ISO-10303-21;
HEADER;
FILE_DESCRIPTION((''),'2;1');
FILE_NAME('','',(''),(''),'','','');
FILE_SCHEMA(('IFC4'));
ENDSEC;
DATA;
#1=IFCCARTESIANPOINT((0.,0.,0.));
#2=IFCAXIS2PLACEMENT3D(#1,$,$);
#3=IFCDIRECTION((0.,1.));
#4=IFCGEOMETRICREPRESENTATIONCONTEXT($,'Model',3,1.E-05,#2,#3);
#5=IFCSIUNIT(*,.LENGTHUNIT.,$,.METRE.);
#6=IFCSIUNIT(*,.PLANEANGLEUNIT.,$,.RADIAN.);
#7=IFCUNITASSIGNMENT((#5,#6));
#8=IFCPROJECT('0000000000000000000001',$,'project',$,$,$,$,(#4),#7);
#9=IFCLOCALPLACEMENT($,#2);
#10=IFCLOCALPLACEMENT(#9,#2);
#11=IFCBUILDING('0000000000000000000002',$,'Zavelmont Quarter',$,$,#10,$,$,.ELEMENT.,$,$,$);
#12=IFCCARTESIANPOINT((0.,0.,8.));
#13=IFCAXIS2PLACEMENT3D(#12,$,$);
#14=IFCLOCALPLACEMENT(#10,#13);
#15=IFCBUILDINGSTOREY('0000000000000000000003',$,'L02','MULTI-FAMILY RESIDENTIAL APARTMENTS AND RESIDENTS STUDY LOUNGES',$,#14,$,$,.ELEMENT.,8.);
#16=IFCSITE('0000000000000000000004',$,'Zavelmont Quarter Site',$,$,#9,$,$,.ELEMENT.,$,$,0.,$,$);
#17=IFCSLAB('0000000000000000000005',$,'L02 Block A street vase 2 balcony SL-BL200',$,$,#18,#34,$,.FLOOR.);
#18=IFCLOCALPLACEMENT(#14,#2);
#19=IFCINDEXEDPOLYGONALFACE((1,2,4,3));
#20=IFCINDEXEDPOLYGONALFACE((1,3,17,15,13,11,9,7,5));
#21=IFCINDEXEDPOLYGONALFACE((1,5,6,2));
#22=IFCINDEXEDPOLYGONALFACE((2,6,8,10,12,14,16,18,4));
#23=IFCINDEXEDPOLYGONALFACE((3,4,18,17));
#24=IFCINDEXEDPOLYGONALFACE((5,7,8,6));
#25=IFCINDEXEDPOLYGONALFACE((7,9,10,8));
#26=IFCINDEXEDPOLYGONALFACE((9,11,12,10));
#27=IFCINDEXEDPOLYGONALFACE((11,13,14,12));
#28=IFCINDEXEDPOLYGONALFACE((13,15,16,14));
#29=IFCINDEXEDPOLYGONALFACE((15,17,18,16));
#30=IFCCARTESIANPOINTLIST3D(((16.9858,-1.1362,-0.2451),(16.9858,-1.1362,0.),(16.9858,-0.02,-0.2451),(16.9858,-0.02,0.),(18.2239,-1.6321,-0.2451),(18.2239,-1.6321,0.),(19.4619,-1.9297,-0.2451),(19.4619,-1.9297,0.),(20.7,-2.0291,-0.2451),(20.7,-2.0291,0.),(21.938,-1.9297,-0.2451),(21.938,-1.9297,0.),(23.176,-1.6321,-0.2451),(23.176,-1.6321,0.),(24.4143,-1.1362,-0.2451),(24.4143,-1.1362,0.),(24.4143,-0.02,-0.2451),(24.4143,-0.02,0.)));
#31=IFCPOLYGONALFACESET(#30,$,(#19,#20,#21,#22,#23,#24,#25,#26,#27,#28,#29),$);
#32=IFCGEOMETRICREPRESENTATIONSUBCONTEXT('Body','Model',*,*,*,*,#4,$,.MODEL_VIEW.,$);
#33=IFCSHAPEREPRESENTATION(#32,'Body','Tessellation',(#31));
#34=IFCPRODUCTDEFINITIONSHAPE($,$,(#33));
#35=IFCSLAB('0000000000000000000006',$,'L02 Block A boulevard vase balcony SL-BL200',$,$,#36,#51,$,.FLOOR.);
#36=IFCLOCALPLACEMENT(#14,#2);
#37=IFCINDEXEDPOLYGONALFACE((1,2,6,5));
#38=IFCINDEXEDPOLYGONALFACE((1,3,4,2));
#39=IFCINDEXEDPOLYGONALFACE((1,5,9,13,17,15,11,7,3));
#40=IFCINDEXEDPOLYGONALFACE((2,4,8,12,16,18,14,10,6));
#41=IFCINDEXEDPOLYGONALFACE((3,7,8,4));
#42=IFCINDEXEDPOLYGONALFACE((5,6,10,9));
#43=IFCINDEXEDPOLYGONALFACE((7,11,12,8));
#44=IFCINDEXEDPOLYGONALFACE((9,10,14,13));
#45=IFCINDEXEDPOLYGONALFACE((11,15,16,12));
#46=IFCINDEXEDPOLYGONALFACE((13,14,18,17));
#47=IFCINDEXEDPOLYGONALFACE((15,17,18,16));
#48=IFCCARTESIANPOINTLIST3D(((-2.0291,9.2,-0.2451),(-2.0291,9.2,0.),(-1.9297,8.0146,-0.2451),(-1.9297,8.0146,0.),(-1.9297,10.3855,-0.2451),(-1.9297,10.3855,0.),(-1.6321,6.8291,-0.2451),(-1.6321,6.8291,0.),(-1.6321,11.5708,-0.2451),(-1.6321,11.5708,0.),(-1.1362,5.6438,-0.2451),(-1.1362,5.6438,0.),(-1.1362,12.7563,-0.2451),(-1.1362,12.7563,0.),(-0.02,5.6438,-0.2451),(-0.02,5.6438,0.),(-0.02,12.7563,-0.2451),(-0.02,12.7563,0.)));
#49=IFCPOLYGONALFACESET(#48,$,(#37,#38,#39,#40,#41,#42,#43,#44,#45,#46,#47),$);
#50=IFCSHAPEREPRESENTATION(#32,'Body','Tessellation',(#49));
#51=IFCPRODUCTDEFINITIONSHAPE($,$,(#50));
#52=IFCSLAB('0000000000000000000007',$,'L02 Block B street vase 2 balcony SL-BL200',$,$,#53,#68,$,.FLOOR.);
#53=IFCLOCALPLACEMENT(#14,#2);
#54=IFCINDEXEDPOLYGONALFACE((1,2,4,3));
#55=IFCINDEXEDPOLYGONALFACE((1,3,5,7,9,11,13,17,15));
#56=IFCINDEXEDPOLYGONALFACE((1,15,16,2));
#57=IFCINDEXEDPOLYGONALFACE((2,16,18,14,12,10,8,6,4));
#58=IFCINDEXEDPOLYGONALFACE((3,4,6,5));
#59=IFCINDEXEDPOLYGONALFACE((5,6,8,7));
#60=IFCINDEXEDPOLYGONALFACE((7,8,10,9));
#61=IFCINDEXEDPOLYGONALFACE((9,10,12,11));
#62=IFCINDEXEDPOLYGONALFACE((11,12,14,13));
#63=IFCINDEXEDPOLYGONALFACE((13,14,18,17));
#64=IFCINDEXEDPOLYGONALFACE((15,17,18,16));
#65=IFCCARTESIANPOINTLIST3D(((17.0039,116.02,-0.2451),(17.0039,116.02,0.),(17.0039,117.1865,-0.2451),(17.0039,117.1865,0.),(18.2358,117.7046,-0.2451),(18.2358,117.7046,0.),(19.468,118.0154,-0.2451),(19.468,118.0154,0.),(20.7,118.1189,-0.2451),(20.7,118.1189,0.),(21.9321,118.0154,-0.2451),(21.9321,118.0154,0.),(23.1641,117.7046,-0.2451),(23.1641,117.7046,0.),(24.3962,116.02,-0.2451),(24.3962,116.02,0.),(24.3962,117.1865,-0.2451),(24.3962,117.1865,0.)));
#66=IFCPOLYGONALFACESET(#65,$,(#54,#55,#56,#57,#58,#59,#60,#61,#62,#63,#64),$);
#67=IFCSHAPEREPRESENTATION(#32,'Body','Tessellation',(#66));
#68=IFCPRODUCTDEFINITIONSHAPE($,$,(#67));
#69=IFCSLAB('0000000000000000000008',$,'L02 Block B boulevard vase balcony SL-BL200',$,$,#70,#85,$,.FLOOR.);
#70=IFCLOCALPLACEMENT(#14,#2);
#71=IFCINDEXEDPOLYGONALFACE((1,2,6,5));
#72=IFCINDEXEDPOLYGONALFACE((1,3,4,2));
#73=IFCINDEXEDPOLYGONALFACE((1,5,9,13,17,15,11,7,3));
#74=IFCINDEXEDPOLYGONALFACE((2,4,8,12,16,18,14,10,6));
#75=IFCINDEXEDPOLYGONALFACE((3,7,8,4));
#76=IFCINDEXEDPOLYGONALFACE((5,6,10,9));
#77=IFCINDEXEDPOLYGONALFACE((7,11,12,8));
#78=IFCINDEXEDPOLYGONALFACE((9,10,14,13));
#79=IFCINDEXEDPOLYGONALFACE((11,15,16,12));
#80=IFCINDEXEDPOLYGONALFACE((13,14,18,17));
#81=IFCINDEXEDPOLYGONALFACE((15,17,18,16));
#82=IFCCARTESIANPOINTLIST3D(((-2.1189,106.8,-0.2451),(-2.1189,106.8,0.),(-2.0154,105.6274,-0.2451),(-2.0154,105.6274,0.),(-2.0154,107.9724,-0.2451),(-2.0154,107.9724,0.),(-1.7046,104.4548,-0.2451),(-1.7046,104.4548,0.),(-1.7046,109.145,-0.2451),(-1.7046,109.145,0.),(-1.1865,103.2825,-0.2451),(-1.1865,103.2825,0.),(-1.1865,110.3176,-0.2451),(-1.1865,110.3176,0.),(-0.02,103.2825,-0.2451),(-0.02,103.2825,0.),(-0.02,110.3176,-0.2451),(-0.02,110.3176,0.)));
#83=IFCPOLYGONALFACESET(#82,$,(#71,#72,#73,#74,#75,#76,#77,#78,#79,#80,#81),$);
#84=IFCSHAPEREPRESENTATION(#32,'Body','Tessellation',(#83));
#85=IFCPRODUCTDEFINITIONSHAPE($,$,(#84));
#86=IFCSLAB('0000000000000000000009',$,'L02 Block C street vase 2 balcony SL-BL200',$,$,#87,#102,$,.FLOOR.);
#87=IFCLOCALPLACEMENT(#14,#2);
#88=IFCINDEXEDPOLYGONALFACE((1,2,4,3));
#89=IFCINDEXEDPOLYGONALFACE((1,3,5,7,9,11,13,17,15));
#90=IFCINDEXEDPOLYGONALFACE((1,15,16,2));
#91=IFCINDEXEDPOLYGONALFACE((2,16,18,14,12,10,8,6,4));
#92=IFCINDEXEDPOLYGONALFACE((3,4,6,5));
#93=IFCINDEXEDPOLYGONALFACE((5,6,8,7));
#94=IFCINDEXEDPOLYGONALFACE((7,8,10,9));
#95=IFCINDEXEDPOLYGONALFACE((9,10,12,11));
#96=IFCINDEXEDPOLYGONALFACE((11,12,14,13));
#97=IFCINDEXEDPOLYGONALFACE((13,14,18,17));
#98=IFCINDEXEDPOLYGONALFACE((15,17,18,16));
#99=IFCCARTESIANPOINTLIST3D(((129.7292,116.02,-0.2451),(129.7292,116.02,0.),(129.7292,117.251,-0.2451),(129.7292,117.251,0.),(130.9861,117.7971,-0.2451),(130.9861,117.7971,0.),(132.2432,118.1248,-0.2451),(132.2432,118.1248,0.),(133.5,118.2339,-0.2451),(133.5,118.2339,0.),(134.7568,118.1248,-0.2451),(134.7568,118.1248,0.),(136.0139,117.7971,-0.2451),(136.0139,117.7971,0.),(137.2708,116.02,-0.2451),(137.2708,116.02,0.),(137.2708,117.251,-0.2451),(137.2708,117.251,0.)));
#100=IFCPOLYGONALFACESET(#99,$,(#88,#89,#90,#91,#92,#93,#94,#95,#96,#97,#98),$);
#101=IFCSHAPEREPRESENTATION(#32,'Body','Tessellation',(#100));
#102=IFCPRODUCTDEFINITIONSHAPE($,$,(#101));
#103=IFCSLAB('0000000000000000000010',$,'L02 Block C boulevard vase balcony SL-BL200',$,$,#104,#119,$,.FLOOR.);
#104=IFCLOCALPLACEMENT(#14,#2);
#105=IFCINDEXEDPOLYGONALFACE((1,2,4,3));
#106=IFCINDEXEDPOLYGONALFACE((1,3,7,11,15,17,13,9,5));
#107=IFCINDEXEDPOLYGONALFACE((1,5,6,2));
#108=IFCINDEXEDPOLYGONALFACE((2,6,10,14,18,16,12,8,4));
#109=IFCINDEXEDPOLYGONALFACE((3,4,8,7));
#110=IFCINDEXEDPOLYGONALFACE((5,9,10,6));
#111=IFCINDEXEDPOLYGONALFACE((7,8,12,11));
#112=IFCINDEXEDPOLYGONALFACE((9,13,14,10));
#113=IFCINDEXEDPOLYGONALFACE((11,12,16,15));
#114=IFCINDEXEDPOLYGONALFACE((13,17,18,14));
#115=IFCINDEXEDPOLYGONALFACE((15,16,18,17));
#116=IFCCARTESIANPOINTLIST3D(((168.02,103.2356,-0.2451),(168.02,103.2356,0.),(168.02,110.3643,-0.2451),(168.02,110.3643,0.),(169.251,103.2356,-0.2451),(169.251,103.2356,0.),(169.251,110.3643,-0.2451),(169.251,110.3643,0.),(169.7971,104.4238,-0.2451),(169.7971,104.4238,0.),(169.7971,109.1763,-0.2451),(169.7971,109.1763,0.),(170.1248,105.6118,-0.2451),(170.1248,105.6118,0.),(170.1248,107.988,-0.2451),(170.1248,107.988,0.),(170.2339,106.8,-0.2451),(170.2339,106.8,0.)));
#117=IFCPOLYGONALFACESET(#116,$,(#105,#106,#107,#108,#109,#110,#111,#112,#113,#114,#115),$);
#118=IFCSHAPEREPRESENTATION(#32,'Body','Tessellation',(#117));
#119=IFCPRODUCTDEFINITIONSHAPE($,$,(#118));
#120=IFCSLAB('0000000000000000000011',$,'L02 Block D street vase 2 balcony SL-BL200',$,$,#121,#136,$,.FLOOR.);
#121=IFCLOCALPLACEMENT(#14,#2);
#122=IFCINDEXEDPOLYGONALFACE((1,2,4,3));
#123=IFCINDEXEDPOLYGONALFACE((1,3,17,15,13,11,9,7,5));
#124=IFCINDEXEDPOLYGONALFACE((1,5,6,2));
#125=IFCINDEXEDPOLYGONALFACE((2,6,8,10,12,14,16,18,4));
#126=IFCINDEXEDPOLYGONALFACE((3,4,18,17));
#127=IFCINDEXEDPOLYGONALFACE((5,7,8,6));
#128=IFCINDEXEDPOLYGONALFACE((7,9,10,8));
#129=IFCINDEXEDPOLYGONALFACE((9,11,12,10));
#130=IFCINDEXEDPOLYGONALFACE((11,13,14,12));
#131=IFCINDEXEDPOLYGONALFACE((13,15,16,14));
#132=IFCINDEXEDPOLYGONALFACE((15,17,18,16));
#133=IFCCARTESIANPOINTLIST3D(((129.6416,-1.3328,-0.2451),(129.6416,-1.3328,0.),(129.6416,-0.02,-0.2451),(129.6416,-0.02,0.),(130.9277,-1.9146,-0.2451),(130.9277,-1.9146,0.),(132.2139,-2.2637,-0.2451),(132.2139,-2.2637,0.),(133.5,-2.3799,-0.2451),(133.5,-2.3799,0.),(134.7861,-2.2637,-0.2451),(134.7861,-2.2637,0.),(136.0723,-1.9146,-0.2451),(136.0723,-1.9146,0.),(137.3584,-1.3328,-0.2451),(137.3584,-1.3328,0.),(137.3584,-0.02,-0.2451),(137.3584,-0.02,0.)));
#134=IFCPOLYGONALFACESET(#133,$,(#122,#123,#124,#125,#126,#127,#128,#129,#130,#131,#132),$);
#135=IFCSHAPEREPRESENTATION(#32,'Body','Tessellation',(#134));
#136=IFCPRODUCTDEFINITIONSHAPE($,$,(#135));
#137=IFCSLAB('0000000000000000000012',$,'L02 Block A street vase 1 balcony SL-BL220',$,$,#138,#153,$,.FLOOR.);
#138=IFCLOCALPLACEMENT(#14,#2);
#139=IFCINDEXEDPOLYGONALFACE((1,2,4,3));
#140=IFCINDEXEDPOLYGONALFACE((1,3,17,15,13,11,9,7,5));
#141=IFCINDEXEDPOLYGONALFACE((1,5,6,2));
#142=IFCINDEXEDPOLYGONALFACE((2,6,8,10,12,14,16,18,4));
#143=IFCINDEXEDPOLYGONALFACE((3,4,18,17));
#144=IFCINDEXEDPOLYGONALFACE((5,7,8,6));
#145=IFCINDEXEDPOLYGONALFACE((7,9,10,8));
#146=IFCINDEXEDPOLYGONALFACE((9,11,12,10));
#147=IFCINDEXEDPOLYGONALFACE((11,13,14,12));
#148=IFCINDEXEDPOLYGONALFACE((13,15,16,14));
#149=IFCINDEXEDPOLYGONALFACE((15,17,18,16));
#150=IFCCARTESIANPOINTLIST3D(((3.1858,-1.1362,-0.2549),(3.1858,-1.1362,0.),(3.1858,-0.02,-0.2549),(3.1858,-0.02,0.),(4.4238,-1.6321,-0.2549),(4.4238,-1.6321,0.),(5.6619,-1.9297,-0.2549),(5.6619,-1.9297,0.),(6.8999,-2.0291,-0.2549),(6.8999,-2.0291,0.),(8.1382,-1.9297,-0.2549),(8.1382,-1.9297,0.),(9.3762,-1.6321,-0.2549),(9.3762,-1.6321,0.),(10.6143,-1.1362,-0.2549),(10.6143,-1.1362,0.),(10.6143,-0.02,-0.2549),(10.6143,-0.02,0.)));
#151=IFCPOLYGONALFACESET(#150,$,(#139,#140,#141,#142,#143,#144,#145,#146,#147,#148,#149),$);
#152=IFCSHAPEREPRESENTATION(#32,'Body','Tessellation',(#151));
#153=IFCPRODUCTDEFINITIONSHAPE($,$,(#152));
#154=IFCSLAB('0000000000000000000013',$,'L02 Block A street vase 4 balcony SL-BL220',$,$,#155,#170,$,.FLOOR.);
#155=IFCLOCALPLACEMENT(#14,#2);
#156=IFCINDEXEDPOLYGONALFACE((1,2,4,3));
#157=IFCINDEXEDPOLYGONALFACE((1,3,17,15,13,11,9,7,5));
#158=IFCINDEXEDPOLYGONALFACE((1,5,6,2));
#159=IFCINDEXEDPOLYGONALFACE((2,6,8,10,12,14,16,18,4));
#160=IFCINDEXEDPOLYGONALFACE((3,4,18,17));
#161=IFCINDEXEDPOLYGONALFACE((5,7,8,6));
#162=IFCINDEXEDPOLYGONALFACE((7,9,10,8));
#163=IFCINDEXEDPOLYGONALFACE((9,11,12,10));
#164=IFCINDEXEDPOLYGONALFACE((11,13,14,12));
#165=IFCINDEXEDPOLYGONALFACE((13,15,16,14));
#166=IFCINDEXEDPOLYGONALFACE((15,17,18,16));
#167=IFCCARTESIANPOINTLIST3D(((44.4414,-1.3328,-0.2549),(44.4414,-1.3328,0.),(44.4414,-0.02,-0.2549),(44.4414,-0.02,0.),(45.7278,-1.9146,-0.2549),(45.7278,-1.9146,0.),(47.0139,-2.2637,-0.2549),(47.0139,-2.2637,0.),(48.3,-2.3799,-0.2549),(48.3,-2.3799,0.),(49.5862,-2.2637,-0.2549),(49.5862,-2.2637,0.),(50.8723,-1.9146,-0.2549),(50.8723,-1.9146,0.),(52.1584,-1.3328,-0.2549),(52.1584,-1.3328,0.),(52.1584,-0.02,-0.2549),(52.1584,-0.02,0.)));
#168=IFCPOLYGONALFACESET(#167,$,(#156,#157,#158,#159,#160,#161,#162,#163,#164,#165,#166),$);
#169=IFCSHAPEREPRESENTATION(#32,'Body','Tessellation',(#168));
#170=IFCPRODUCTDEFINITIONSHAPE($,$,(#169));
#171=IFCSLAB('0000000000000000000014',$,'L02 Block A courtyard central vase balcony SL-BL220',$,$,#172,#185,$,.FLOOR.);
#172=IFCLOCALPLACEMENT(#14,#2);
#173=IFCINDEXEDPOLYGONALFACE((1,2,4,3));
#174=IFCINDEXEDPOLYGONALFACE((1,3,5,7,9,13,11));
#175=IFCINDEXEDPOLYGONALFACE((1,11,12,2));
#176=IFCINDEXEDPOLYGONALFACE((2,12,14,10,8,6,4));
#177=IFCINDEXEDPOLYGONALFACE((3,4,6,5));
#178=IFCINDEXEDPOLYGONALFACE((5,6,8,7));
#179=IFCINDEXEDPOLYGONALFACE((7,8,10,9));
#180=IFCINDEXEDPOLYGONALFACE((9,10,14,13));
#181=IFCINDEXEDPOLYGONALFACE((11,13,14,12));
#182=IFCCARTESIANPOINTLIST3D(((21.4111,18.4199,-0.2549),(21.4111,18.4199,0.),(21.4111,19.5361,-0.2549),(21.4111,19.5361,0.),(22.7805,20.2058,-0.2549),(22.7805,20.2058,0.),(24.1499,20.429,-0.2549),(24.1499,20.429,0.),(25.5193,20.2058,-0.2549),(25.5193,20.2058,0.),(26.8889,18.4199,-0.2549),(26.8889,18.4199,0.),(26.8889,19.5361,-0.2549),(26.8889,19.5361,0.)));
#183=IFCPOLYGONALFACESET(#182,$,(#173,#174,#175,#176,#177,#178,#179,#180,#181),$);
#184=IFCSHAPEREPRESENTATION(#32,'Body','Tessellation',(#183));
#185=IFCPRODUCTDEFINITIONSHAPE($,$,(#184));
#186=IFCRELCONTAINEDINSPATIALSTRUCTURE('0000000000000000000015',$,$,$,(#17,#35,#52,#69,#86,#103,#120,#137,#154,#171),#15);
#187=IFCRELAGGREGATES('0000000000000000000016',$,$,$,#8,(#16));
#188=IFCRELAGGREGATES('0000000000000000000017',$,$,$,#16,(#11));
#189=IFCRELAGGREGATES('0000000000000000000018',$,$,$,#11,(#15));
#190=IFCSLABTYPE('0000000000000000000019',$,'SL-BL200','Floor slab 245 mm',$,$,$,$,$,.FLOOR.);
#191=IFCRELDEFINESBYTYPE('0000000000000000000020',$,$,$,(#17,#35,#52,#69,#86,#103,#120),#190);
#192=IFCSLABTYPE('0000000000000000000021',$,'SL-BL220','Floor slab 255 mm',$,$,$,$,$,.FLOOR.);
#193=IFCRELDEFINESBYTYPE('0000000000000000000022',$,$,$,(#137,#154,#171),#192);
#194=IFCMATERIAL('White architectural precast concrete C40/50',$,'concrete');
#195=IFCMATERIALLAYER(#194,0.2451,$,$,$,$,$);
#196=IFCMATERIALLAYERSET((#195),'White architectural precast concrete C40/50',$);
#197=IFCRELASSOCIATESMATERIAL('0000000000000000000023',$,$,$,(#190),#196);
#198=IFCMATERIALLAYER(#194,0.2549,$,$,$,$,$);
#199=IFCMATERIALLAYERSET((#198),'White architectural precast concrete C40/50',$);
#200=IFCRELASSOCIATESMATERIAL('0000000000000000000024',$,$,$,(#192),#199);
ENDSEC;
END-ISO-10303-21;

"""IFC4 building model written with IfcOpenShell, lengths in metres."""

from ifc_helpers import new_model, si_unit, direction, frame, origin, place, context, subcontext, project, spatial, polyline, outline, extrude, material, layer, layer_set, type_object, element, save


model = new_model("IFC4")

# Units and contexts
model_context = context("Model", 3, precision=1e-05, world=origin(), true_north=direction((0.0, 1.0)))
body_context = subcontext(model_context, "Body", "Model", "MODEL_VIEW")
ifc_project = project(units=[si_unit("LENGTHUNIT", "METRE"), si_unit("PLANEANGLEUNIT", "RADIAN")], contexts=[model_context])

# Site, building, storey
site_placement = place(None, origin())
site = spatial("IfcSite", under=ifc_project, at=site_placement, Name="Zavelmont Quarter Site", CompositionType="ELEMENT", RefElevation=0.0)
building_placement = place(site_placement, origin())
building = spatial("IfcBuilding", under=site, at=building_placement, Name="Zavelmont Quarter", CompositionType="ELEMENT")
storey_placement = place(building_placement, frame((0.0, 0.0, 8.0)))
storey = spatial("IfcBuildingStorey", under=building, at=storey_placement, Name="L02", Description="MULTI-FAMILY RESIDENTIAL APARTMENTS AND RESIDENTS STUDY LOUNGES", CompositionType="ELEMENT", Elevation=8.0)

# Slabs
ifc_material_1 = material(Name="White architectural precast concrete C40/50", Category="concrete")
ifc_layer_1 = layer(ifc_material_1, 0.2451)
ifc_layer_set_1 = layer_set([ifc_layer_1], Name="White architectural precast concrete C40/50")
slab_type_1 = type_object("IfcSlabType", Name="SL-BL200", Description="Floor slab 245 mm", PredefinedType="FLOOR", material=ifc_layer_set_1)
slab_1_placement = place(storey_placement, frame((0.0, 0.0, -0.2451)))
element("IfcSlab", 1, at=slab_1_placement, inside=storey, type_object=slab_type_1, Name="L02 Block A street vase 2 balcony SL-BL200", PredefinedType="FLOOR", context=body_context, shape_type="SweptSolid", body=[
    extrude(outline(polyline([(16.9858, -0.02), (16.9858, -1.1362), (18.2239, -1.6321), (19.4619, -1.9297), (20.7, -2.0291), (21.938, -1.9297), (23.176, -1.6321), (24.4143, -1.1362), (24.4143, -0.02), (16.9858, -0.02)])), origin(), (0.0, 0.0, 1.0), 0.2451),
])
slab_2_placement = place(storey_placement, frame((0.0, 0.0, -0.2451)))
element("IfcSlab", 2, at=slab_2_placement, inside=storey, type_object=slab_type_1, Name="L02 Block A boulevard vase balcony SL-BL200", PredefinedType="FLOOR", context=body_context, shape_type="SweptSolid", body=[
    extrude(outline(polyline([(-0.02, 12.7563), (-1.1362, 12.7563), (-1.6321, 11.5708), (-1.9297, 10.3855), (-2.0291, 9.2), (-1.9297, 8.0146), (-1.6321, 6.8291), (-1.1362, 5.6438), (-0.02, 5.6438), (-0.02, 12.7563)])), origin(), (0.0, 0.0, 1.0), 0.2451),
])
slab_3_placement = place(storey_placement, frame((0.0, 0.0, -0.2451)))
element("IfcSlab", 3, at=slab_3_placement, inside=storey, type_object=slab_type_1, Name="L02 Block B street vase 2 balcony SL-BL200", PredefinedType="FLOOR", context=body_context, shape_type="SweptSolid", body=[
    extrude(outline(polyline([(24.3962, 116.02), (24.3962, 117.1865), (23.1641, 117.7046), (21.9321, 118.0154), (20.7, 118.1189), (19.468, 118.0154), (18.2358, 117.7046), (17.0039, 117.1865), (17.0039, 116.02), (24.3962, 116.02)])), origin(), (0.0, 0.0, 1.0), 0.2451),
])
slab_4_placement = place(storey_placement, frame((0.0, 0.0, -0.2451)))
element("IfcSlab", 4, at=slab_4_placement, inside=storey, type_object=slab_type_1, Name="L02 Block B boulevard vase balcony SL-BL200", PredefinedType="FLOOR", context=body_context, shape_type="SweptSolid", body=[
    extrude(outline(polyline([(-0.02, 110.3176), (-1.1865, 110.3176), (-1.7046, 109.145), (-2.0154, 107.9724), (-2.1189, 106.8), (-2.0154, 105.6274), (-1.7046, 104.4548), (-1.1865, 103.2825), (-0.02, 103.2825), (-0.02, 110.3176)])), origin(), (0.0, 0.0, 1.0), 0.2451),
])
slab_5_placement = place(storey_placement, frame((0.0, 0.0, -0.2451)))
element("IfcSlab", 5, at=slab_5_placement, inside=storey, type_object=slab_type_1, Name="L02 Block C street vase 2 balcony SL-BL200", PredefinedType="FLOOR", context=body_context, shape_type="SweptSolid", body=[
    extrude(outline(polyline([(137.2708, 116.02), (137.2708, 117.251), (136.0139, 117.7971), (134.7568, 118.1248), (133.5, 118.2339), (132.2432, 118.1248), (130.9861, 117.7971), (129.7292, 117.251), (129.7292, 116.02), (137.2708, 116.02)])), origin(), (0.0, 0.0, 1.0), 0.2451),
])
slab_6_placement = place(storey_placement, frame((0.0, 0.0, -0.2451)))
element("IfcSlab", 6, at=slab_6_placement, inside=storey, type_object=slab_type_1, Name="L02 Block C boulevard vase balcony SL-BL200", PredefinedType="FLOOR", context=body_context, shape_type="SweptSolid", body=[
    extrude(outline(polyline([(168.02, 103.2356), (169.251, 103.2356), (169.7971, 104.4238), (170.1248, 105.6118), (170.2339, 106.8), (170.1248, 107.988), (169.7971, 109.1763), (169.251, 110.3643), (168.02, 110.3643), (168.02, 103.2356)])), origin(), (0.0, 0.0, 1.0), 0.2451),
])
slab_7_placement = place(storey_placement, frame((0.0, 0.0, -0.2451)))
element("IfcSlab", 7, at=slab_7_placement, inside=storey, type_object=slab_type_1, Name="L02 Block D street vase 2 balcony SL-BL200", PredefinedType="FLOOR", context=body_context, shape_type="SweptSolid", body=[
    extrude(outline(polyline([(129.6416, -0.02), (129.6416, -1.3328), (130.9277, -1.9146), (132.2139, -2.2637), (133.5, -2.3799), (134.7861, -2.2637), (136.0723, -1.9146), (137.3584, -1.3328), (137.3584, -0.02), (129.6416, -0.02)])), origin(), (0.0, 0.0, 1.0), 0.2451),
])
ifc_layer_2 = layer(ifc_material_1, 0.2549)
ifc_layer_set_2 = layer_set([ifc_layer_2], Name="White architectural precast concrete C40/50")
slab_type_2 = type_object("IfcSlabType", Name="SL-BL220", Description="Floor slab 255 mm", PredefinedType="FLOOR", material=ifc_layer_set_2)
slab_8_placement = place(storey_placement, frame((0.0, 0.0, -0.2549)))
element("IfcSlab", 8, at=slab_8_placement, inside=storey, type_object=slab_type_2, Name="L02 Block A street vase 1 balcony SL-BL220", PredefinedType="FLOOR", context=body_context, shape_type="SweptSolid", body=[
    extrude(outline(polyline([(3.1858, -0.02), (3.1858, -1.1362), (4.4238, -1.6321), (5.6619, -1.9297), (6.8999, -2.0291), (8.1382, -1.9297), (9.3762, -1.6321), (10.6143, -1.1362), (10.6143, -0.02), (3.1858, -0.02)])), origin(), (0.0, 0.0, 1.0), 0.2549),
])
slab_9_placement = place(storey_placement, frame((0.0, 0.0, -0.2549)))
element("IfcSlab", 9, at=slab_9_placement, inside=storey, type_object=slab_type_2, Name="L02 Block A street vase 4 balcony SL-BL220", PredefinedType="FLOOR", context=body_context, shape_type="SweptSolid", body=[
    extrude(outline(polyline([(44.4414, -0.02), (44.4414, -1.3328), (45.7278, -1.9146), (47.0139, -2.2637), (48.3, -2.3799), (49.5862, -2.2637), (50.8723, -1.9146), (52.1584, -1.3328), (52.1584, -0.02), (44.4414, -0.02)])), origin(), (0.0, 0.0, 1.0), 0.2549),
])
slab_10_placement = place(storey_placement, frame((0.0, 0.0, -0.2549)))
element("IfcSlab", 10, at=slab_10_placement, inside=storey, type_object=slab_type_2, Name="L02 Block A courtyard central vase balcony SL-BL220", PredefinedType="FLOOR", context=body_context, shape_type="SweptSolid", body=[
    extrude(outline(polyline([(26.8889, 18.4199), (26.8889, 19.5361), (25.5193, 20.2058), (24.1499, 20.429), (22.7805, 20.2058), (21.4111, 19.5361), (21.4111, 18.4199), (26.8889, 18.4199)])), origin(), (0.0, 0.0, 1.0), 0.2549),
])

save(model, "model.ifc")
